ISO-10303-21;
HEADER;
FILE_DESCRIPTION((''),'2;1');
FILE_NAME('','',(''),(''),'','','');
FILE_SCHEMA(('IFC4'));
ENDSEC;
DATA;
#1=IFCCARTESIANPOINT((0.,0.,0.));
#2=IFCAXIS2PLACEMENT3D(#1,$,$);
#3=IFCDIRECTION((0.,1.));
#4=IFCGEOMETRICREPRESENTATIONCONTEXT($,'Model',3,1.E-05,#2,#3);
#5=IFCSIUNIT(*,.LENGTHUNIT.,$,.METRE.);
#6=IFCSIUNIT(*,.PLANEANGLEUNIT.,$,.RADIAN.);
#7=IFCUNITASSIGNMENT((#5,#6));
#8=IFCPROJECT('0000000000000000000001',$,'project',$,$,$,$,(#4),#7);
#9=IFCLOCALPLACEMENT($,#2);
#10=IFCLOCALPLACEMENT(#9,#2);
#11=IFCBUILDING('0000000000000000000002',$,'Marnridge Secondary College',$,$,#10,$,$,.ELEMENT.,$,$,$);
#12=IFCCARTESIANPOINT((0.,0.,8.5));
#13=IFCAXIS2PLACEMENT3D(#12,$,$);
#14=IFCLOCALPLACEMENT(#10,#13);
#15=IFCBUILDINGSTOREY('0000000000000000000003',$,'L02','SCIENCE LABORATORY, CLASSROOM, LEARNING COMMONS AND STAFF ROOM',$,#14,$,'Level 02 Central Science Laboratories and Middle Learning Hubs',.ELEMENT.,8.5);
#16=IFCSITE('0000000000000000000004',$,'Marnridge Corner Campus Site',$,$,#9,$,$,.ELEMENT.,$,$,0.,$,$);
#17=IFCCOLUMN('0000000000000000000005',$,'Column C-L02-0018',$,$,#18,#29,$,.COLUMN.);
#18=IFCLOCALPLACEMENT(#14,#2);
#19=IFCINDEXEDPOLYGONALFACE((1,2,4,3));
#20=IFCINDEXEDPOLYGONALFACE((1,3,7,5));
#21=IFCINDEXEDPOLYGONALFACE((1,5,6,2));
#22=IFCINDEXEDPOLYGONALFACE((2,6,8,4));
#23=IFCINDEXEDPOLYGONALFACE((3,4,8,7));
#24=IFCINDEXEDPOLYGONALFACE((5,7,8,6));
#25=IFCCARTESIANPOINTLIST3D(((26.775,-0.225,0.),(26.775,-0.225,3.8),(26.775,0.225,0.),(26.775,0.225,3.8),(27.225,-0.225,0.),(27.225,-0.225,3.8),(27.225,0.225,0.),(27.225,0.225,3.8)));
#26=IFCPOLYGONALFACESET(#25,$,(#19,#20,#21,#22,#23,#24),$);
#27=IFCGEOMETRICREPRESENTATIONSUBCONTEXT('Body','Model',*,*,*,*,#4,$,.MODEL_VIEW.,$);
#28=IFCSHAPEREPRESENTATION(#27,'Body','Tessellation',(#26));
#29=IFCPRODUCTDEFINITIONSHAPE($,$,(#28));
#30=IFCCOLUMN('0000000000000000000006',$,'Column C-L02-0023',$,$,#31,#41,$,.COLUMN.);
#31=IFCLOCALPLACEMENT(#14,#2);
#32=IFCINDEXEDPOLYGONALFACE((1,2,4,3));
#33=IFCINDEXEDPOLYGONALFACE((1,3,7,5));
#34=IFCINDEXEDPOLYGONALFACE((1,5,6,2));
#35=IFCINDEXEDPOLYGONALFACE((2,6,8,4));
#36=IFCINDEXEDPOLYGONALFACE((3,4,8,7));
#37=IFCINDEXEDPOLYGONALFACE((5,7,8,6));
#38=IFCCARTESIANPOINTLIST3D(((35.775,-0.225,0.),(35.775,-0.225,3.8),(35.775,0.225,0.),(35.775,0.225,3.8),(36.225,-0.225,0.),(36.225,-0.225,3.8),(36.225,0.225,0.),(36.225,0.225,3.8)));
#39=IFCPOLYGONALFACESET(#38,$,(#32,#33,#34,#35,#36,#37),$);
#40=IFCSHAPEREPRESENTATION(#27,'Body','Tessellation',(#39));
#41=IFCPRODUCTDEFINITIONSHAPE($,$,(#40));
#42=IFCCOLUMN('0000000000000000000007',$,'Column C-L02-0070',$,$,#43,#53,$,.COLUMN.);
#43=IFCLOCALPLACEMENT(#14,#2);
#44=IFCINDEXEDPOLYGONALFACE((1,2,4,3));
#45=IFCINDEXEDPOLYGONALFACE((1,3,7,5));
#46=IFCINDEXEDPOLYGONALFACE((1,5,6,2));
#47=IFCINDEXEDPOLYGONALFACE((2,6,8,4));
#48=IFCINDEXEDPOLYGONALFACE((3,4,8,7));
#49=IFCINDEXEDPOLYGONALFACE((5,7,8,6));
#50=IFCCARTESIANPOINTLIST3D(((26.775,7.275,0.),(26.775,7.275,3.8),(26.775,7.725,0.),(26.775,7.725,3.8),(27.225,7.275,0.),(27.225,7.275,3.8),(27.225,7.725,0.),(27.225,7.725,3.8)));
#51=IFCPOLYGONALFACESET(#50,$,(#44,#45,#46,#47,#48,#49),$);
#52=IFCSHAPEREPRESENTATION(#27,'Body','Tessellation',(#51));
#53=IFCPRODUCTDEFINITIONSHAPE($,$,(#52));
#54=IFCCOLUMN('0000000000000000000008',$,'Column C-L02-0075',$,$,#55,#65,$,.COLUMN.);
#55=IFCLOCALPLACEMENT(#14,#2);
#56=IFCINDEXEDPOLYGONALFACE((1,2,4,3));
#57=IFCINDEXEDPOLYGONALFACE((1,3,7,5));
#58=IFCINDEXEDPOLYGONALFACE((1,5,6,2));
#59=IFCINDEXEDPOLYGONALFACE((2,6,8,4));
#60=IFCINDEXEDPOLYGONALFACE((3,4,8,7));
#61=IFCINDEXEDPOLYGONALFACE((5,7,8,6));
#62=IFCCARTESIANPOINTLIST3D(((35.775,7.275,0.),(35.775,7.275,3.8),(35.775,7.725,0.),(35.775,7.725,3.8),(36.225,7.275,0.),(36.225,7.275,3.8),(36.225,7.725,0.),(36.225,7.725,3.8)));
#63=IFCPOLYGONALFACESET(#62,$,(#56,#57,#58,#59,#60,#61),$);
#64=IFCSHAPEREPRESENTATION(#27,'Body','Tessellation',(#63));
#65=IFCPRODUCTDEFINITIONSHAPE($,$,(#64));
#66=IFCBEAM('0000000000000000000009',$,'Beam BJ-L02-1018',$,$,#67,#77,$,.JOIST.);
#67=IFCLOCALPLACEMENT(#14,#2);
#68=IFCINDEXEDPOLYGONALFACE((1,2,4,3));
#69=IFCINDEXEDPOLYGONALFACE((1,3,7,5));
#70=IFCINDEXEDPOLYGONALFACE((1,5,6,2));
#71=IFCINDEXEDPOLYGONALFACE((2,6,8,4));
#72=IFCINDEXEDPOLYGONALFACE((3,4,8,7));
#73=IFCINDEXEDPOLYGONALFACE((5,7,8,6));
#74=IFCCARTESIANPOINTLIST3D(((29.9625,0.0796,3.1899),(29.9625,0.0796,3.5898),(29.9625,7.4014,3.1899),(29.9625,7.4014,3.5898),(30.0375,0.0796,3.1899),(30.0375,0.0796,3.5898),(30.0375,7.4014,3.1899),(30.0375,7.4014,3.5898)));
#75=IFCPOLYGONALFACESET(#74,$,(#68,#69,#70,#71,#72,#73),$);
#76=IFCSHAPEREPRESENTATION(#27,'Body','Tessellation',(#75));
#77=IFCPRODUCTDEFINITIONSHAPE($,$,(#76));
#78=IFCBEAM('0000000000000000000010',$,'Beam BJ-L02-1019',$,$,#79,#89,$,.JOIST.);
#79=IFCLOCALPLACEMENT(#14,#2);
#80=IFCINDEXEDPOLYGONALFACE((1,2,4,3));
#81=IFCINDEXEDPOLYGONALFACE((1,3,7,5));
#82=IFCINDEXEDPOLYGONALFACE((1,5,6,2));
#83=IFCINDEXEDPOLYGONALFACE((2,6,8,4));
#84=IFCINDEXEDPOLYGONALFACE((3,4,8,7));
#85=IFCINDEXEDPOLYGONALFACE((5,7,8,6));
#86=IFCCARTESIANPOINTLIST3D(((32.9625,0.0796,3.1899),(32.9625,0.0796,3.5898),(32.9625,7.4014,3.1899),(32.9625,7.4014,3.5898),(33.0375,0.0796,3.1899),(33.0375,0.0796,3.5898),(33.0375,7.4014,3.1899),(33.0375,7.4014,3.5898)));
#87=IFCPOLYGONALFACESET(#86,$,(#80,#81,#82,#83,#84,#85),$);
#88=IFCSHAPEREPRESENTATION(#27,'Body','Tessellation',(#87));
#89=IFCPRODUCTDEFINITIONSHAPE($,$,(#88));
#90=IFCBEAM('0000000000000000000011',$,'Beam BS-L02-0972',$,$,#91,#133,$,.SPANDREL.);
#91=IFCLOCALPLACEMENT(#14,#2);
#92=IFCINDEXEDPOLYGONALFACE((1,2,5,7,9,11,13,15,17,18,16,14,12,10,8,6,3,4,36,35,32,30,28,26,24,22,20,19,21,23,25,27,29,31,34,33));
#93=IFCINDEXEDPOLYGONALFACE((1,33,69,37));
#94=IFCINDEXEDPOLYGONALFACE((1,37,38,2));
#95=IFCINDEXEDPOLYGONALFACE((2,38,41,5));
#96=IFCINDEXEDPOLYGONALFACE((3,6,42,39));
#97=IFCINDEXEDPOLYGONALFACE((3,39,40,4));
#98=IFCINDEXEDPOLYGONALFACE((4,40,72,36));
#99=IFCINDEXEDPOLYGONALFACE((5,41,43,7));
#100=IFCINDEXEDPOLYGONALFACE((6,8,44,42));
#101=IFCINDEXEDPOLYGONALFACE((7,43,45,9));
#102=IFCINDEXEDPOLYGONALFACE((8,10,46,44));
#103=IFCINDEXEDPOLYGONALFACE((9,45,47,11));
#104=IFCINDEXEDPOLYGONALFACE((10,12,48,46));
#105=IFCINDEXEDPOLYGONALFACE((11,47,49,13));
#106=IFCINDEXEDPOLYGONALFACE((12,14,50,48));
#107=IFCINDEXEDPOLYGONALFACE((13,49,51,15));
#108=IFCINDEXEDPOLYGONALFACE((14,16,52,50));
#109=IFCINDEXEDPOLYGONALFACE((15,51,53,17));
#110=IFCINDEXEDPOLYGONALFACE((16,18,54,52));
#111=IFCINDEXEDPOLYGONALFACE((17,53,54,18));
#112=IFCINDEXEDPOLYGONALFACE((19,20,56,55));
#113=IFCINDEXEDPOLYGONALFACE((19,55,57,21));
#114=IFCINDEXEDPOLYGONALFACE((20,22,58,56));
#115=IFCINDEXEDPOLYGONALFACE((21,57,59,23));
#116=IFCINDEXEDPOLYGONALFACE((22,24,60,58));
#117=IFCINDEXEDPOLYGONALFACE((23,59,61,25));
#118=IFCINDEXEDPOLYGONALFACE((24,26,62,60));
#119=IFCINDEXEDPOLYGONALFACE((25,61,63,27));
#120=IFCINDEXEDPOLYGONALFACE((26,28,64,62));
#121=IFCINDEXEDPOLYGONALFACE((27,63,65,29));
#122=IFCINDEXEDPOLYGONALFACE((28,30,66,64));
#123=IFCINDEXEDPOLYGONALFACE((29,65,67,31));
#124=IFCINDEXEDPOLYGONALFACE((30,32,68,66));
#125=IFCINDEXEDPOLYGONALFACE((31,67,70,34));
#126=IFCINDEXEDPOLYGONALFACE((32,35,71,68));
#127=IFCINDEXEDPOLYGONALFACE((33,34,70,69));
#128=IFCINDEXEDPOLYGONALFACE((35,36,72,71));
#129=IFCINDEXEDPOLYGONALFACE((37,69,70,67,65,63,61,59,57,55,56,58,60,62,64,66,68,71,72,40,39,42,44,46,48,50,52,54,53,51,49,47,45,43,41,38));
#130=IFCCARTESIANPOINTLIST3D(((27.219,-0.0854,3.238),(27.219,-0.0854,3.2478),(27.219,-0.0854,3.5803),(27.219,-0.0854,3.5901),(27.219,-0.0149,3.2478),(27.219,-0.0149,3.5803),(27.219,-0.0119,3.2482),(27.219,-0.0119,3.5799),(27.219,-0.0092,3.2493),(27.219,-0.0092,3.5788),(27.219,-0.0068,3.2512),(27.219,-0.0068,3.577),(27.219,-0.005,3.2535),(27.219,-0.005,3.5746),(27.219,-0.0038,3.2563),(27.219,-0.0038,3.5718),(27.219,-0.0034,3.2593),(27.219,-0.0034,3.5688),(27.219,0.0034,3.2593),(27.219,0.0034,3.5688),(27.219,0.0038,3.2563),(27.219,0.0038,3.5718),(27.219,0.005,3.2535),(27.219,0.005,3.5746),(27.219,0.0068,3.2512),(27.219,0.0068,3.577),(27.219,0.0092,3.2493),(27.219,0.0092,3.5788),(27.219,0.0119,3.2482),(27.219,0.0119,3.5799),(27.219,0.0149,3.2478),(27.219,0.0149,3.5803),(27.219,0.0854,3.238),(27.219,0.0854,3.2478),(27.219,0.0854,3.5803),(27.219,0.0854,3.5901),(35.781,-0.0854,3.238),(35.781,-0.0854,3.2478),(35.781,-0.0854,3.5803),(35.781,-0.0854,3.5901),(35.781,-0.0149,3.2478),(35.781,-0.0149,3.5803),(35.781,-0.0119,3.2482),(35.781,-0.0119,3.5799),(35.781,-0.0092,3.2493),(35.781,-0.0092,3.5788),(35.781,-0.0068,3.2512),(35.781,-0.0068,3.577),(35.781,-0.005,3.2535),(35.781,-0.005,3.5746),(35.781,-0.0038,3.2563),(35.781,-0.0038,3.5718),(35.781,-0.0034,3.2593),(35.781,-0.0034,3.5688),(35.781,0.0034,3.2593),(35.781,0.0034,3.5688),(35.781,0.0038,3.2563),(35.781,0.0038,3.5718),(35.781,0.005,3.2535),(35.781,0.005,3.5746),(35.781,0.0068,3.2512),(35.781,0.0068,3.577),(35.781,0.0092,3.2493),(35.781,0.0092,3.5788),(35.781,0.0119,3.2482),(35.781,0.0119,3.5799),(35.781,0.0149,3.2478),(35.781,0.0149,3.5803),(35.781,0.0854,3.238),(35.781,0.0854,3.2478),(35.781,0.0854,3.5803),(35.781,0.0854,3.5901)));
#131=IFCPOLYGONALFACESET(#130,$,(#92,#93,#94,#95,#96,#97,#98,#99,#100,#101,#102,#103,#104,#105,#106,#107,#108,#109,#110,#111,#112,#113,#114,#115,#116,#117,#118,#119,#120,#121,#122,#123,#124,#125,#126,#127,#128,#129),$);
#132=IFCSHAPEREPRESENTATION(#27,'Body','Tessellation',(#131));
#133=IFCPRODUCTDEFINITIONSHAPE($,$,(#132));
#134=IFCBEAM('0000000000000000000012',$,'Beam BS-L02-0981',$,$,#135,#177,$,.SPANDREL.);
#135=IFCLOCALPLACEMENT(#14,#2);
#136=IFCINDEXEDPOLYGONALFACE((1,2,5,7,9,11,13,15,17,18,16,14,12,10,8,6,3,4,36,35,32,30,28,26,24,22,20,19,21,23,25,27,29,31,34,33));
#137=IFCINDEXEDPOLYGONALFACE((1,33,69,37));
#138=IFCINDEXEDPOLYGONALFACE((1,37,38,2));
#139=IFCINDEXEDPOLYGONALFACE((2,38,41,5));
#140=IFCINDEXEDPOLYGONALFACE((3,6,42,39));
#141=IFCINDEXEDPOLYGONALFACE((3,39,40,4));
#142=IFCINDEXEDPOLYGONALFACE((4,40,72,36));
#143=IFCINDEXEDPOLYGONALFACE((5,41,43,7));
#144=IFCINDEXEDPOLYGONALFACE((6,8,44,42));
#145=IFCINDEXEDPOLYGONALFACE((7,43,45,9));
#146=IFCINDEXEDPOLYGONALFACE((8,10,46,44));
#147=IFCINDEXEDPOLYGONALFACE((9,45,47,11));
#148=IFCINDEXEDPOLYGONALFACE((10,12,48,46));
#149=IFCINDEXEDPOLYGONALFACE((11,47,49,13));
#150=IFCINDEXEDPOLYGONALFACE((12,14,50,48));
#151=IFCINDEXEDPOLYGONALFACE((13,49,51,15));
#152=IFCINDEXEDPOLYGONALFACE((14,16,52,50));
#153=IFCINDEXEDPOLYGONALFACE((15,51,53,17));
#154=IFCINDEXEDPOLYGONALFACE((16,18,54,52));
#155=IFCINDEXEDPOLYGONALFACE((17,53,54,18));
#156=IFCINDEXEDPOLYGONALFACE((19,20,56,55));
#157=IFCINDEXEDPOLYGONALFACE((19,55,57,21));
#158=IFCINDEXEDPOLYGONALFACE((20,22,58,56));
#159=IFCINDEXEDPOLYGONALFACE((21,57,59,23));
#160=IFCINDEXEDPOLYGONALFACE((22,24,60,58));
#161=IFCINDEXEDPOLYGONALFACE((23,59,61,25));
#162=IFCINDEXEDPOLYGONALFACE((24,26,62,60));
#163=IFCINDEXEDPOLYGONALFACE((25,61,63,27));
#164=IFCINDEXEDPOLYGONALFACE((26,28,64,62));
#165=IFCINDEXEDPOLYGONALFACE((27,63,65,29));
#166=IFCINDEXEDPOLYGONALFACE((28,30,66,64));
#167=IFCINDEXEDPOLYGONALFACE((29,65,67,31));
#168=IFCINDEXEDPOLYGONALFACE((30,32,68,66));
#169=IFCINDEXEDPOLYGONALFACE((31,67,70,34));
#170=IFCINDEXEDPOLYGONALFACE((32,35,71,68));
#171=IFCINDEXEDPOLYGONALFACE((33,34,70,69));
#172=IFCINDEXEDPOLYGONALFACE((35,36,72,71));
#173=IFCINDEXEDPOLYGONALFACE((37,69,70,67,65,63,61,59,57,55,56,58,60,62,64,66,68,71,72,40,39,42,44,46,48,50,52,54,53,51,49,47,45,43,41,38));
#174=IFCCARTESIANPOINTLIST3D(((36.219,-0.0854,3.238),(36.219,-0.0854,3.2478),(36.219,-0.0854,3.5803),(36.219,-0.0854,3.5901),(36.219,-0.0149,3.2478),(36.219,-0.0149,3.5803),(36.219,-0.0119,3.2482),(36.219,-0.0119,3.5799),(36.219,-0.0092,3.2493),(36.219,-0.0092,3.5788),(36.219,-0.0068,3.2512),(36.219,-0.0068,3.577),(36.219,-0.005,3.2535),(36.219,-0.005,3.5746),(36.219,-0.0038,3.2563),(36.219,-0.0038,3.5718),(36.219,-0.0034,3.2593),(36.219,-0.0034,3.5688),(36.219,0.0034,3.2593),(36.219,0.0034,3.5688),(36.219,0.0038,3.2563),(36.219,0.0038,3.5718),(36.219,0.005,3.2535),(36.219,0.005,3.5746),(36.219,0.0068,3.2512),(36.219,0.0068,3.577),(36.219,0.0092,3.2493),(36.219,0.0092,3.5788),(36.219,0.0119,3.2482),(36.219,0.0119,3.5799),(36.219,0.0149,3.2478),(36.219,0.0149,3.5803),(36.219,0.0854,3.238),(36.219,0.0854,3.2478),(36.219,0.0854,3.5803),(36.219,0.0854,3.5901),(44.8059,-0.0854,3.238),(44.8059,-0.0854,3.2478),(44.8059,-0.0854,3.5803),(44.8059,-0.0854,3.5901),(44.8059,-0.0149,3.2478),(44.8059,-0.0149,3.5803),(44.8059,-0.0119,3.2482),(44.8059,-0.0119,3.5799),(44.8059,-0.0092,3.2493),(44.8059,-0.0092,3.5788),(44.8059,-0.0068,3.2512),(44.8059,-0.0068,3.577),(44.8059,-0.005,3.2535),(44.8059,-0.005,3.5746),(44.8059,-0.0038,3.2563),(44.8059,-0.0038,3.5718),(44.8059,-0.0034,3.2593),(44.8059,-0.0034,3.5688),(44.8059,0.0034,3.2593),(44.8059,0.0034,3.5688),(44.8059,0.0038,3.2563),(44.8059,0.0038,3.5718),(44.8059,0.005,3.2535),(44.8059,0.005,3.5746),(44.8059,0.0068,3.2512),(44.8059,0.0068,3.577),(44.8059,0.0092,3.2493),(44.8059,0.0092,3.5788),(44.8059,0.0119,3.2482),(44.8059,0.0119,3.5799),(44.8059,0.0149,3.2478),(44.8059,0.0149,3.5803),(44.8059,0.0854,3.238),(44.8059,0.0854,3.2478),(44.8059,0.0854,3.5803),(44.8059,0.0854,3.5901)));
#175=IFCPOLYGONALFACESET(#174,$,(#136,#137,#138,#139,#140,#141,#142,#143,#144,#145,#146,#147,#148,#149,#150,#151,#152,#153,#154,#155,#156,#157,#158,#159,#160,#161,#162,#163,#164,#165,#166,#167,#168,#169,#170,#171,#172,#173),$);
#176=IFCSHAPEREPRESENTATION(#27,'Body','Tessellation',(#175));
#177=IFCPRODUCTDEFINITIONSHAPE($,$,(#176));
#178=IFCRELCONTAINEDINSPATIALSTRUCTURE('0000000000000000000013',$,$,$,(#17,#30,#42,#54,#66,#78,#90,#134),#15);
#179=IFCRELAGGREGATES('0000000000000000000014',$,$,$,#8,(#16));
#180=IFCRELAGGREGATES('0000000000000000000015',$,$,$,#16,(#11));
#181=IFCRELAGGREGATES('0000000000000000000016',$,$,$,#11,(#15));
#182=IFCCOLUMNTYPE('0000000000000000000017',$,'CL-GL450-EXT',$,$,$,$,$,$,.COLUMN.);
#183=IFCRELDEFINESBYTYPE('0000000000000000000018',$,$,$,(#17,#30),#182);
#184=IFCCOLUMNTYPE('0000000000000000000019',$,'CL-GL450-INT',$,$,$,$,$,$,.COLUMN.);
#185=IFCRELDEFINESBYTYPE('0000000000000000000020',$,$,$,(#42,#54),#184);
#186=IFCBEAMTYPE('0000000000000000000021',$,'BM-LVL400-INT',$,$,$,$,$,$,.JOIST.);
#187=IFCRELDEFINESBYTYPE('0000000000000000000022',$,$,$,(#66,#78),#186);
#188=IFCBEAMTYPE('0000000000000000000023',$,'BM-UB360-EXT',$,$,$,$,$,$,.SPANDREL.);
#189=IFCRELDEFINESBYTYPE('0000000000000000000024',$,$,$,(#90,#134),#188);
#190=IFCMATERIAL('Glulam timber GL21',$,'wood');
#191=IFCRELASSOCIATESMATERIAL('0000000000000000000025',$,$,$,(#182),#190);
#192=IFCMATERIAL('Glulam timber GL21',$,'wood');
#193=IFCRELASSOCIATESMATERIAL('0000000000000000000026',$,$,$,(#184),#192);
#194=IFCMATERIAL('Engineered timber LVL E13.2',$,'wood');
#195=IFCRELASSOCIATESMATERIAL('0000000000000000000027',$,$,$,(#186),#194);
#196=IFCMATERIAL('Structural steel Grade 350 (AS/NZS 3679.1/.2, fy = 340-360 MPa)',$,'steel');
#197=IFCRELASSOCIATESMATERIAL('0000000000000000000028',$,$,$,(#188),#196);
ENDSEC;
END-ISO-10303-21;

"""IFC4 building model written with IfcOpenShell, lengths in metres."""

from ifc_helpers import new_model, si_unit, direction, frame, origin, origin_2d, place, context, subcontext, project, spatial, rectangle, i_section, extrude, material, material_profile, profile_set, type_object, element, save


model = new_model("IFC4")

# Units and contexts
model_context = context("Model", 3, precision=1e-05, world=origin(), true_north=direction((0.0, 1.0)))
body_context = subcontext(model_context, "Body", "Model", "MODEL_VIEW")
ifc_project = project(units=[si_unit("LENGTHUNIT", "METRE"), si_unit("PLANEANGLEUNIT", "RADIAN")], contexts=[model_context])

# Site, building, storey
site_placement = place(None, origin())
site = spatial("IfcSite", under=ifc_project, at=site_placement, Name="Marnridge Corner Campus Site", CompositionType="ELEMENT", RefElevation=0.0)
building_placement = place(site_placement, origin())
building = spatial("IfcBuilding", under=site, at=building_placement, Name="Marnridge Secondary College", CompositionType="ELEMENT")
storey_placement = place(building_placement, frame((0.0, 0.0, 8.5)))
storey = spatial("IfcBuildingStorey", under=building, at=storey_placement, Name="L02", Description="SCIENCE LABORATORY, CLASSROOM, LEARNING COMMONS AND STAFF ROOM", LongName="Level 02 Central Science Laboratories and Middle Learning Hubs", CompositionType="ELEMENT", Elevation=8.5)

# Columns
ifc_material_1 = material(Name="Glulam timber GL21", Category="wood")
ifc_material_profile_1 = material_profile(ifc_material_1, rectangle(XDim=0.45, YDim=0.45, at=origin_2d()), Name="GL21 450x450")
ifc_profile_set_1 = profile_set([ifc_material_profile_1], Name="Glulam timber GL21")
column_type_1 = type_object("IfcColumnType", Name="CL-GL450-EXT", PredefinedType="COLUMN", material=ifc_profile_set_1)
for number, where, z_axis, x_axis, name in (
    (1, (27.0, 0.0, 0.0), (0.0, 0.0, 1.0), (1.0, 0.0, 0.0), "Column C-L02-0018"),
    (2, (36.0, 0.0, 0.0), (0.0, 0.0, 1.0), (1.0, 0.0, 0.0), "Column C-L02-0023"),
):
    element("IfcColumn", number, at=place(storey_placement, frame(where, z_axis=z_axis, x_axis=x_axis)), inside=storey, type_object=column_type_1, Name=name, PredefinedType="COLUMN", context=body_context, shape_type="SweptSolid", body=[
        extrude(rectangle(XDim=0.45, YDim=0.45, at=origin_2d()), origin(), (0.0, 0.0, 1.0), 3.8),
    ])
ifc_material_2 = material(Name="Glulam timber GL21", Category="wood")
ifc_material_profile_2 = material_profile(ifc_material_2, rectangle(XDim=0.45, YDim=0.45, at=origin_2d()), Name="GL21 450x450")
ifc_profile_set_2 = profile_set([ifc_material_profile_2], Name="Glulam timber GL21")
column_type_2 = type_object("IfcColumnType", Name="CL-GL450-INT", PredefinedType="COLUMN", material=ifc_profile_set_2)
for number, where, z_axis, x_axis, name in (
    (3, (27.0, 7.5, 0.0), (0.0, 0.0, 1.0), (1.0, 0.0, 0.0), "Column C-L02-0070"),
    (4, (36.0, 7.5, 0.0), (0.0, 0.0, 1.0), (1.0, 0.0, 0.0), "Column C-L02-0075"),
):
    element("IfcColumn", number, at=place(storey_placement, frame(where, z_axis=z_axis, x_axis=x_axis)), inside=storey, type_object=column_type_2, Name=name, PredefinedType="COLUMN", context=body_context, shape_type="SweptSolid", body=[
        extrude(rectangle(XDim=0.45, YDim=0.45, at=origin_2d()), origin(), (0.0, 0.0, 1.0), 3.8),
    ])

# Beams
ifc_material_3 = material(Name="Engineered timber LVL E13.2", Category="wood")
ifc_material_profile_3 = material_profile(ifc_material_3, rectangle(XDim=0.075, YDim=0.3999, at=origin_2d()), Name="LVL 75x400")
ifc_profile_set_3 = profile_set([ifc_material_profile_3], Name="Engineered timber LVL E13.2")
beam_type_1 = type_object("IfcBeamType", Name="BM-LVL400-INT", PredefinedType="JOIST", material=ifc_profile_set_3)
for number, where, z_axis, x_axis, name in (
    (5, (30.0, 0.0796, 3.3899), (0.0, 1.0, 0.0), (-1.0, 0.0, 0.0), "Beam BJ-L02-1018"),
    (6, (33.0, 0.0796, 3.3899), (0.0, 1.0, 0.0), (-1.0, 0.0, 0.0), "Beam BJ-L02-1019"),
):
    element("IfcBeam", number, at=place(storey_placement, frame(where, z_axis=z_axis, x_axis=x_axis)), inside=storey, type_object=beam_type_1, Name=name, PredefinedType="JOIST", context=body_context, shape_type="SweptSolid", body=[
        extrude(rectangle(XDim=0.075, YDim=0.3999, at=origin_2d()), origin(), (0.0, 0.0, 1.0), 7.3218),
    ])
ifc_material_4 = material(Name="Structural steel Grade 350 (AS/NZS 3679.1/.2, fy = 340-360 MPa)", Category="steel")
ifc_material_profile_4 = material_profile(ifc_material_4, i_section(OverallWidth=0.1709, OverallDepth=0.3521, WebThickness=0.0068, FlangeThickness=0.0098, FilletRadius=0.0115, at=origin_2d()), Name="360UB44.7")
ifc_profile_set_4 = profile_set([ifc_material_profile_4], Name="Structural steel Grade 350 (AS/NZS 3679.1/.2, fy = 340-360 MPa)")
beam_type_2 = type_object("IfcBeamType", Name="BM-UB360-EXT", PredefinedType="SPANDREL", material=ifc_profile_set_4)
beam_1_placement = place(storey_placement, frame((27.219, 0.0, 3.4141), z_axis=(1.0, 0.0, 0.0), x_axis=(0.0, 1.0, 0.0)))
element("IfcBeam", 7, at=beam_1_placement, inside=storey, type_object=beam_type_2, Name="Beam BS-L02-0972", PredefinedType="SPANDREL", context=body_context, shape_type="SweptSolid", body=[
    extrude(i_section(OverallWidth=0.1709, OverallDepth=0.3521, WebThickness=0.0068, FlangeThickness=0.0098, FilletRadius=0.0115, at=origin_2d()), origin(), (0.0, 0.0, 1.0), 8.562),
])
beam_2_placement = place(storey_placement, frame((36.219, 0.0, 3.4141), z_axis=(1.0, 0.0, 0.0), x_axis=(0.0, 1.0, 0.0)))
element("IfcBeam", 8, at=beam_2_placement, inside=storey, type_object=beam_type_2, Name="Beam BS-L02-0981", PredefinedType="SPANDREL", context=body_context, shape_type="SweptSolid", body=[
    extrude(i_section(OverallWidth=0.1709, OverallDepth=0.3521, WebThickness=0.0068, FlangeThickness=0.0098, FilletRadius=0.0115, at=origin_2d()), origin(), (0.0, 0.0, 1.0), 8.5869),
])

save(model, "model.ifc")
